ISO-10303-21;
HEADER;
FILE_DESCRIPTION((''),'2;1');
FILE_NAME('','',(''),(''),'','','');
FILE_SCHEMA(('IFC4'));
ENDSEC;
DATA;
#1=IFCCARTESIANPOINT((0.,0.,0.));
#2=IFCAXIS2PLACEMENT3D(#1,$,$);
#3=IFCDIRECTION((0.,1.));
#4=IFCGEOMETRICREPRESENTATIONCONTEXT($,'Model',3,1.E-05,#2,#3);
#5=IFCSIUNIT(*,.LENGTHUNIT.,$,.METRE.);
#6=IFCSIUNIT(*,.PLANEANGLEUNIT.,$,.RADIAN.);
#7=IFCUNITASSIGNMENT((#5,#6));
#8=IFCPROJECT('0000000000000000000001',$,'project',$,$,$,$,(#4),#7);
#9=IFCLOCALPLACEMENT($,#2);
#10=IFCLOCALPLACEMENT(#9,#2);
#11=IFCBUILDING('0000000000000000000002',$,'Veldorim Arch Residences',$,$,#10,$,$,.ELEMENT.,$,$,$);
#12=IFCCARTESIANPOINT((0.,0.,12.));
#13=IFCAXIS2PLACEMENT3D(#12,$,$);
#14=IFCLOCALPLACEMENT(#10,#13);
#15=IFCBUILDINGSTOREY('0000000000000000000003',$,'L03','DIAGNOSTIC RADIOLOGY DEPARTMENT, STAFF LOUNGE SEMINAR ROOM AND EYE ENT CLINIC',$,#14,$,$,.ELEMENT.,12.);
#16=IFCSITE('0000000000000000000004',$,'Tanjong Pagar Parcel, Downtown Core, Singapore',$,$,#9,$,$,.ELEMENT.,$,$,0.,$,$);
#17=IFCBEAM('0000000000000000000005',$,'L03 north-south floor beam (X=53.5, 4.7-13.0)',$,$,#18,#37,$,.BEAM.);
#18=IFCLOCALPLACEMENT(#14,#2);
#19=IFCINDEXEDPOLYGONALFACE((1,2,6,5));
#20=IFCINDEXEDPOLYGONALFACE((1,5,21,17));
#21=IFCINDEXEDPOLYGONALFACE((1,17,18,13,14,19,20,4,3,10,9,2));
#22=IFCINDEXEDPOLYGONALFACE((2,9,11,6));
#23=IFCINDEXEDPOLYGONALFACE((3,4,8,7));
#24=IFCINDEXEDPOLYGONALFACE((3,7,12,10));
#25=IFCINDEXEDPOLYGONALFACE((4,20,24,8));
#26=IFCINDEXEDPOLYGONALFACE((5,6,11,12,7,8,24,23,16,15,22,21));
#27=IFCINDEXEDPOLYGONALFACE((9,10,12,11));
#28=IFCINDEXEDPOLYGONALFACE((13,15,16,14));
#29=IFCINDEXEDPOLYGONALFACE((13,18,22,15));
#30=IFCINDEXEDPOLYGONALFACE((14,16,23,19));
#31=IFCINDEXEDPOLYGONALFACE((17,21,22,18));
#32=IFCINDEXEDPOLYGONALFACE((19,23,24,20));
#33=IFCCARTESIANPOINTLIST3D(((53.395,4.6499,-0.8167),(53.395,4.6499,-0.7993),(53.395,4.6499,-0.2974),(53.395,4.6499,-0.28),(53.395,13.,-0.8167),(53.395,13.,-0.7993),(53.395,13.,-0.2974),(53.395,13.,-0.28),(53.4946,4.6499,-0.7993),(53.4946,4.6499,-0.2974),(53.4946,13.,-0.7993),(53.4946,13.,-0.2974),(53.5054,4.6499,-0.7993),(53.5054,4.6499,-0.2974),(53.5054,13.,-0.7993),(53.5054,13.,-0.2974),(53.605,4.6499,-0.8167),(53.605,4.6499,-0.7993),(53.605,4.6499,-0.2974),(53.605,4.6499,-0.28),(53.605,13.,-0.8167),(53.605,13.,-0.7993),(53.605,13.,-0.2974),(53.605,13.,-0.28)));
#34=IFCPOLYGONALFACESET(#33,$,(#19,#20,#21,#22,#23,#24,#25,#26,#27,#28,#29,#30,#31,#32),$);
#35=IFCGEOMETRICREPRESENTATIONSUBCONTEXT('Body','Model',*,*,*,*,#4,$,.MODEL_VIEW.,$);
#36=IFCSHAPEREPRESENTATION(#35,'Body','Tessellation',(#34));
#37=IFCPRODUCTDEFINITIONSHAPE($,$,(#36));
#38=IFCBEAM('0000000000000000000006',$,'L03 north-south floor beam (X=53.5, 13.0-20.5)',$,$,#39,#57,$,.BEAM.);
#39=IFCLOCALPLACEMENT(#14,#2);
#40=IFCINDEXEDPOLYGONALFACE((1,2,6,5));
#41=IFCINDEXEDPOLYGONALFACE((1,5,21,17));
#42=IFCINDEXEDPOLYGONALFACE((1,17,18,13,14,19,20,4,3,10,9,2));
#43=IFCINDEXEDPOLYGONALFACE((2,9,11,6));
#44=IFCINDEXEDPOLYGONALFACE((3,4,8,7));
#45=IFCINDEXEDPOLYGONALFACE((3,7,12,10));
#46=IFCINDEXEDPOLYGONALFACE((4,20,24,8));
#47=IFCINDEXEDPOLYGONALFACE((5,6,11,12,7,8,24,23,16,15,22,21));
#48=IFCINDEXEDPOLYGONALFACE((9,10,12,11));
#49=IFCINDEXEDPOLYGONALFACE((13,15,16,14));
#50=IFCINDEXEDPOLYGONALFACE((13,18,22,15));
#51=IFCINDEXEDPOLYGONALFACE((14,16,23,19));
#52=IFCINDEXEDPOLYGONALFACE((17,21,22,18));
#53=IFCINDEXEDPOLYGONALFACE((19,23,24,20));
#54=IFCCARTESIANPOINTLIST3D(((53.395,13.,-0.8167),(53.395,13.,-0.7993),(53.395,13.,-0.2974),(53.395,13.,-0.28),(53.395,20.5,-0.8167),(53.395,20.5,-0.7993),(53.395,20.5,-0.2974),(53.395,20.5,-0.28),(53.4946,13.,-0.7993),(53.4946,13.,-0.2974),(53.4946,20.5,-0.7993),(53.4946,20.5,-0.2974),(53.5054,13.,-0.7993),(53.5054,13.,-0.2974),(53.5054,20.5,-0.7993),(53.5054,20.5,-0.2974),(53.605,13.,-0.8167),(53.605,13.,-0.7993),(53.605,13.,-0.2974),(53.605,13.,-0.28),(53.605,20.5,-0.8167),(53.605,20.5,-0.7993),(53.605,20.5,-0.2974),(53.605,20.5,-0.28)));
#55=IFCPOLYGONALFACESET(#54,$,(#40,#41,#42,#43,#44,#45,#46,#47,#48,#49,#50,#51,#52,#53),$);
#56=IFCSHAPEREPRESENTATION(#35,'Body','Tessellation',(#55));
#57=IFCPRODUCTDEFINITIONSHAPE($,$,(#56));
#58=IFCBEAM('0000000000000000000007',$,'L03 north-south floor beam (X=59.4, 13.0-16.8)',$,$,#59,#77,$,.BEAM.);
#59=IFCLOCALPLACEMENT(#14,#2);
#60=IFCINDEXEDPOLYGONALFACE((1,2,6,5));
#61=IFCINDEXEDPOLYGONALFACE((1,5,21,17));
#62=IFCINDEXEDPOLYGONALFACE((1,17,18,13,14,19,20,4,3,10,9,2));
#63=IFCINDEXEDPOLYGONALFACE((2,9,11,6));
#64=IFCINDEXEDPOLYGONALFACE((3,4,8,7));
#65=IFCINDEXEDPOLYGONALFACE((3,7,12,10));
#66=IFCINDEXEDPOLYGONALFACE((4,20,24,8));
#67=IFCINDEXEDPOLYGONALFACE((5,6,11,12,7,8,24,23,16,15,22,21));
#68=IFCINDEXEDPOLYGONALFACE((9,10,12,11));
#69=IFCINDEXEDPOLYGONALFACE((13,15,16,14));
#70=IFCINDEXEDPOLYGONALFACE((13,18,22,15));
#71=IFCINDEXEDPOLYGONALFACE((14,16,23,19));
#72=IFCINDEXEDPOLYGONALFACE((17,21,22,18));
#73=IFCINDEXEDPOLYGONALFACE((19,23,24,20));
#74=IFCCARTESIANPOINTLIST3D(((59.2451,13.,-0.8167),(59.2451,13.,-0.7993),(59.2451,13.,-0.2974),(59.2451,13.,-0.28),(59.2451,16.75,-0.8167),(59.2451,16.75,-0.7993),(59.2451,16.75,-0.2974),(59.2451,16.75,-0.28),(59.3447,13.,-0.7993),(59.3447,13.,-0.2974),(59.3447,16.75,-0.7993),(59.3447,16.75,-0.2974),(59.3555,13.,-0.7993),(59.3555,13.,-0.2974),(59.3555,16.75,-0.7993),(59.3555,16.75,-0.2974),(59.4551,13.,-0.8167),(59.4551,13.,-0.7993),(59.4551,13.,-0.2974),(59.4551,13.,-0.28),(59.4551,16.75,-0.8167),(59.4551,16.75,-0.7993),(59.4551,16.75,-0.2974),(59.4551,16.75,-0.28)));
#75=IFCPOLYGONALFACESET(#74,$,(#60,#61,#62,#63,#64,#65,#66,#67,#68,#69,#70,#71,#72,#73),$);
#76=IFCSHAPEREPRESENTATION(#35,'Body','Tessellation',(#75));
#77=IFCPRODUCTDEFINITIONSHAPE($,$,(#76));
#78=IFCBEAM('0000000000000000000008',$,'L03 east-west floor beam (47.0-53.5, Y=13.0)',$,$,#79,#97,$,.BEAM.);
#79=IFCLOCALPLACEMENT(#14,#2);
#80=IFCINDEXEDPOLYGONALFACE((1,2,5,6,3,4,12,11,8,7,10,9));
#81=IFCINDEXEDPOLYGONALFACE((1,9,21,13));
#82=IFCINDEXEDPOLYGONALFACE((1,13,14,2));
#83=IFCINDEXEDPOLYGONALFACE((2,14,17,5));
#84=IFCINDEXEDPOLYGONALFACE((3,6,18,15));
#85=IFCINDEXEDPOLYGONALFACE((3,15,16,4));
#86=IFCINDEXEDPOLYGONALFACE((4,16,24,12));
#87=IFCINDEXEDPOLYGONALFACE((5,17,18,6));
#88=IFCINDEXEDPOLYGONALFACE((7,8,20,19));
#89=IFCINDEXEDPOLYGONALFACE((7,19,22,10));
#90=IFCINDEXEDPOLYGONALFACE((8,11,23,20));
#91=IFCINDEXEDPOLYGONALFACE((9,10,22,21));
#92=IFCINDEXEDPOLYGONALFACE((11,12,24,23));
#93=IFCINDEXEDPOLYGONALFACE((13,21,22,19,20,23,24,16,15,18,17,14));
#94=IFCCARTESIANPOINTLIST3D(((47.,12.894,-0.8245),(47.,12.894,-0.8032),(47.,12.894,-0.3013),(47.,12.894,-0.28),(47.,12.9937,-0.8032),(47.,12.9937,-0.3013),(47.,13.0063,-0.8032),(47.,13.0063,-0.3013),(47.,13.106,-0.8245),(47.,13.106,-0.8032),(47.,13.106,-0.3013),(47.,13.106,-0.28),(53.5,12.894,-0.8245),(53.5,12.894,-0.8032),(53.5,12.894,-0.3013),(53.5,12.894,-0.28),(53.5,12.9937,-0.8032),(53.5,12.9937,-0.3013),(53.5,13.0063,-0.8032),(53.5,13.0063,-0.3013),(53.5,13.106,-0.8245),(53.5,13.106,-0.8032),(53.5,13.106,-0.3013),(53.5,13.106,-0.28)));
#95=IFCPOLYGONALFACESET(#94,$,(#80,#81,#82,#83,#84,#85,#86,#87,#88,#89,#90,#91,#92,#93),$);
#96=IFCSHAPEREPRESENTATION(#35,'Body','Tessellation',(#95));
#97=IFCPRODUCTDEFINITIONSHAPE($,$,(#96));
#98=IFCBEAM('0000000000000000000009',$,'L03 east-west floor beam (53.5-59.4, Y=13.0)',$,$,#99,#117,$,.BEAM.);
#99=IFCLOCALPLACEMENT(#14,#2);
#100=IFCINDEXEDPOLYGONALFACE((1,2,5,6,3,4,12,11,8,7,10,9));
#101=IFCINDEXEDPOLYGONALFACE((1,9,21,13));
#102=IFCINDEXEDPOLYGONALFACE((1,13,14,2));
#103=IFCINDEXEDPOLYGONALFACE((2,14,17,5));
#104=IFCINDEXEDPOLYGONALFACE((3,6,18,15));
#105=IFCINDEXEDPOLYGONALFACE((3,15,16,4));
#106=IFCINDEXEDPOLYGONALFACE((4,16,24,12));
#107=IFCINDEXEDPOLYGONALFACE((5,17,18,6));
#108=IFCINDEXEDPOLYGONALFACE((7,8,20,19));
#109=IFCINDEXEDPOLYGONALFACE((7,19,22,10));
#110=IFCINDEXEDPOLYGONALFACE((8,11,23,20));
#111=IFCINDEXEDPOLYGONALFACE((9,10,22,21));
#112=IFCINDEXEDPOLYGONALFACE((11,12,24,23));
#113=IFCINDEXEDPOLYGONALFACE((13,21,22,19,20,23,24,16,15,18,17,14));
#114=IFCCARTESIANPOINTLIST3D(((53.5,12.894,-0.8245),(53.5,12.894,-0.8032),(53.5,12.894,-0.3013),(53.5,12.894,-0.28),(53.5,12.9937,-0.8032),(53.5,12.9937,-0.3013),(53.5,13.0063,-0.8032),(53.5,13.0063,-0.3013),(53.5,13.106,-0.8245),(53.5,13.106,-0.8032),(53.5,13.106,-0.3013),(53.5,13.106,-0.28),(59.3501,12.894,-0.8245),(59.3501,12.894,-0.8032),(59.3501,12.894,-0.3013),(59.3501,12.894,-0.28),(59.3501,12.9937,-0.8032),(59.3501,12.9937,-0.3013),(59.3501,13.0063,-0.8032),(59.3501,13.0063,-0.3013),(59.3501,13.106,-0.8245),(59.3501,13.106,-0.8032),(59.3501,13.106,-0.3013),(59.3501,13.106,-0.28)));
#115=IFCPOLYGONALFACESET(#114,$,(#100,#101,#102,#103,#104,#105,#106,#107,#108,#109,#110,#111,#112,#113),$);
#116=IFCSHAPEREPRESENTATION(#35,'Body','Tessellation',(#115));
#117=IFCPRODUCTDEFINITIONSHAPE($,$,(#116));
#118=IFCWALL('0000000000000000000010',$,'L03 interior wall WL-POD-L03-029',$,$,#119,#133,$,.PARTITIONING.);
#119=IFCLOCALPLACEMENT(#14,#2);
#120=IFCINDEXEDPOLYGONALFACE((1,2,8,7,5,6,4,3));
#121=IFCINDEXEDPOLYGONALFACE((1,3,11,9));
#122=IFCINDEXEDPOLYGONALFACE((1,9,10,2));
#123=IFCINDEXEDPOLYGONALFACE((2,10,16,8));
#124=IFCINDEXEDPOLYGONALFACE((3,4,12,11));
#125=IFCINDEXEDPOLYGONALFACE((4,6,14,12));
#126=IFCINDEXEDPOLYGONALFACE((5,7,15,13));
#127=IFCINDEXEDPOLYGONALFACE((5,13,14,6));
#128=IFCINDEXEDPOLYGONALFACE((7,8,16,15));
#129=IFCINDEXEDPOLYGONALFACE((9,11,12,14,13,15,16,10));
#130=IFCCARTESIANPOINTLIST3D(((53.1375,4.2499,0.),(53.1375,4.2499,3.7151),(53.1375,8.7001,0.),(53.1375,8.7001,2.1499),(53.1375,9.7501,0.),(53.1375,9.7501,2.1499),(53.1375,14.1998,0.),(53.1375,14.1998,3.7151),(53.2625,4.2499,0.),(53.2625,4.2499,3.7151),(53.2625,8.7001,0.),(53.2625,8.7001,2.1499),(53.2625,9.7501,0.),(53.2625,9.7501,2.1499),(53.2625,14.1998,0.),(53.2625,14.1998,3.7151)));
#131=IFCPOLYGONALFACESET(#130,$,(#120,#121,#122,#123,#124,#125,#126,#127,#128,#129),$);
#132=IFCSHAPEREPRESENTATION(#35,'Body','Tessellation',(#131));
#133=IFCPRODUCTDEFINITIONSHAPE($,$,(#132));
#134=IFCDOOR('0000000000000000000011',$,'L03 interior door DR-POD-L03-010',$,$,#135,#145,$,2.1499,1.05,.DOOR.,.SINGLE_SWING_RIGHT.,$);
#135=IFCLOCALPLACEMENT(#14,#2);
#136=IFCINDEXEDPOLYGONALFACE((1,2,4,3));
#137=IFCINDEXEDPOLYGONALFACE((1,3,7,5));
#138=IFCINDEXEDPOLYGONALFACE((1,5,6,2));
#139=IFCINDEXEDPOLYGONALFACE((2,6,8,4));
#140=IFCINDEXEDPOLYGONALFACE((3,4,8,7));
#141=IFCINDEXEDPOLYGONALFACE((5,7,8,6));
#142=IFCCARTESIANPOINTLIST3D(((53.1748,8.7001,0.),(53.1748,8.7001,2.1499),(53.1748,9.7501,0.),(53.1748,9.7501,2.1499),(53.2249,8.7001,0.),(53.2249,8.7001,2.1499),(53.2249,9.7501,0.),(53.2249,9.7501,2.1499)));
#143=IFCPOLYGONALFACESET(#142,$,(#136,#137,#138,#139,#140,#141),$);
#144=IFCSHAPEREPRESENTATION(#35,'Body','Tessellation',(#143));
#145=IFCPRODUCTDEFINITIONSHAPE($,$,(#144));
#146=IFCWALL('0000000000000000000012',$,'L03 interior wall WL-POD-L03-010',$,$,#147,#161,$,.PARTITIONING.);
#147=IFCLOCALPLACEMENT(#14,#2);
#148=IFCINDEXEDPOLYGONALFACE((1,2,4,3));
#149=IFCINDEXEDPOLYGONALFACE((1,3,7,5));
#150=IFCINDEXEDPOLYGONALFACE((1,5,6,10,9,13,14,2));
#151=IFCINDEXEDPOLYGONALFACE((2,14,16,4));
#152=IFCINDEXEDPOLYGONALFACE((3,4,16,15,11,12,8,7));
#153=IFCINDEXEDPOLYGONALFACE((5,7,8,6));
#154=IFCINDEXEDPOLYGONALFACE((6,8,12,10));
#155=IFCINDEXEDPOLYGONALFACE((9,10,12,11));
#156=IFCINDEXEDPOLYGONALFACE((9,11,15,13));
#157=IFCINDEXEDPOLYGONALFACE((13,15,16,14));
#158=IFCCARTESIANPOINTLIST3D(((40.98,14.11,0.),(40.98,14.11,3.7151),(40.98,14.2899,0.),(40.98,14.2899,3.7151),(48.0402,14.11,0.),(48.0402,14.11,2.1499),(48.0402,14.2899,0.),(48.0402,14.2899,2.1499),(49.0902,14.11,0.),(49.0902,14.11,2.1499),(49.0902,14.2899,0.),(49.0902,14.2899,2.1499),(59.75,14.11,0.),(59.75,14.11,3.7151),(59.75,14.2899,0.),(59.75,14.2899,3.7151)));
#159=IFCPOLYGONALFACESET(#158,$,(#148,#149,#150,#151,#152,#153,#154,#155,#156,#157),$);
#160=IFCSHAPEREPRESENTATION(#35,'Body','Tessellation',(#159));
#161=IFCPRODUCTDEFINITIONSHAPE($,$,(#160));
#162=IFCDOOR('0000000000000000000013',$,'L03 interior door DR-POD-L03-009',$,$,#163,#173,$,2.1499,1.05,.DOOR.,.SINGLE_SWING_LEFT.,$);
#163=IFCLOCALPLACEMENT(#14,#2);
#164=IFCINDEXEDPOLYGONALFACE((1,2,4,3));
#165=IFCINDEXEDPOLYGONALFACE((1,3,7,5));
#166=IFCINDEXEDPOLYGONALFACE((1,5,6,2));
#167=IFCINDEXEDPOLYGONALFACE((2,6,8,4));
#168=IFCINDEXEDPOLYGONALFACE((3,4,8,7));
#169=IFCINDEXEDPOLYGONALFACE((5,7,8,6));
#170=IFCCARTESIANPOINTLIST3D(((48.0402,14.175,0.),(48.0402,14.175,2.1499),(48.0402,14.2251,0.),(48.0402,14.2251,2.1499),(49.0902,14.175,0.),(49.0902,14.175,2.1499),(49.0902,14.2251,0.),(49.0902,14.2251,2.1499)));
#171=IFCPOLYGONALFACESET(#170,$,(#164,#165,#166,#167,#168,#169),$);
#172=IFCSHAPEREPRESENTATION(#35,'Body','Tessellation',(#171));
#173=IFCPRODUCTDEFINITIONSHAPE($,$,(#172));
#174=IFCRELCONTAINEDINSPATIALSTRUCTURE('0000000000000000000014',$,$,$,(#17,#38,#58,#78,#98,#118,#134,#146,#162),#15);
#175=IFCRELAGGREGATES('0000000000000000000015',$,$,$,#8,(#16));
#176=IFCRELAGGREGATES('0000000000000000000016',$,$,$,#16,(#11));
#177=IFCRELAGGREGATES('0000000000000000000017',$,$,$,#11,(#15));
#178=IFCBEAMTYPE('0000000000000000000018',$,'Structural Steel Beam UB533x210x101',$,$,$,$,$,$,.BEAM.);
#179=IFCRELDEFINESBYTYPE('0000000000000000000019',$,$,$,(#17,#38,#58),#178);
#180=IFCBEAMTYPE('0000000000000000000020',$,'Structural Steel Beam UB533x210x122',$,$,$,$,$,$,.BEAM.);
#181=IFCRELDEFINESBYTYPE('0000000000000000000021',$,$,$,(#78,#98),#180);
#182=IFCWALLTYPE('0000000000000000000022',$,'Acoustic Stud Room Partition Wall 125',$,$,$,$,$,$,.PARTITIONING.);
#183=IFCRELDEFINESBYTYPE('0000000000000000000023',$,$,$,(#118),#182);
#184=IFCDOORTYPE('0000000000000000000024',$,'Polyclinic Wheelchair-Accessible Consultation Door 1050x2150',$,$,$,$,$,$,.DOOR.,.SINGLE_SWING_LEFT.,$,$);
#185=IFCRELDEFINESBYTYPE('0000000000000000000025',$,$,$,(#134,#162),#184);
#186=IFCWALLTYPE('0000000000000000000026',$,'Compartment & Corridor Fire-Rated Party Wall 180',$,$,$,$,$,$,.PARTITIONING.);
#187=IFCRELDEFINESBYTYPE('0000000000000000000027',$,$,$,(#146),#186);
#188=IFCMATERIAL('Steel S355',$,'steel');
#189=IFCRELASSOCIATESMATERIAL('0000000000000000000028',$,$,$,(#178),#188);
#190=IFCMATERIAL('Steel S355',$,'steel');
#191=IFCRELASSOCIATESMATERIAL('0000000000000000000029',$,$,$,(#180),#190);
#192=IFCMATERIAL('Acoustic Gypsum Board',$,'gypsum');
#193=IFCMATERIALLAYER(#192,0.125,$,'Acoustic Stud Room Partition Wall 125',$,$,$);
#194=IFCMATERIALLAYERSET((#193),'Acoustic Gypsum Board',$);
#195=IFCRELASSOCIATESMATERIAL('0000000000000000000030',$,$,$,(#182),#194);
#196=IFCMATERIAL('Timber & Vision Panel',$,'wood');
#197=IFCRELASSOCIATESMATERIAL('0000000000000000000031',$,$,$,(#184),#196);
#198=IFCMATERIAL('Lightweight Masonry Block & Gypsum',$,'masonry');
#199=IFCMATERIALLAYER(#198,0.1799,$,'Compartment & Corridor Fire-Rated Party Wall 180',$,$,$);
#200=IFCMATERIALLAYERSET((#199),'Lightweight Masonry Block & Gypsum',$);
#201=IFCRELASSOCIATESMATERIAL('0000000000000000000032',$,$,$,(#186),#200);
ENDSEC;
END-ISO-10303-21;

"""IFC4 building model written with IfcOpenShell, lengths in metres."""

from ifc_helpers import new_model, si_unit, direction, frame, frame_2d, origin, origin_2d, place, context, subcontext, project, spatial, rectangle, i_section, extrude, material, layer, layer_set, material_profile, profile_set, type_object, element, fill, save


model = new_model("IFC4")

# Units and contexts
model_context = context("Model", 3, precision=1e-05, world=origin(), true_north=direction((0.0, 1.0)))
body_context = subcontext(model_context, "Body", "Model", "MODEL_VIEW")
ifc_project = project(units=[si_unit("LENGTHUNIT", "METRE"), si_unit("PLANEANGLEUNIT", "RADIAN")], contexts=[model_context])

# Site, building, storey
site_placement = place(None, origin())
site = spatial("IfcSite", under=ifc_project, at=site_placement, Name="Tanjong Pagar Parcel, Downtown Core, Singapore", CompositionType="ELEMENT", RefElevation=0.0)
building_placement = place(site_placement, origin())
building = spatial("IfcBuilding", under=site, at=building_placement, Name="Veldorim Arch Residences", CompositionType="ELEMENT")
storey_placement = place(building_placement, frame((0.0, 0.0, 12.0)))
storey = spatial("IfcBuildingStorey", under=building, at=storey_placement, Name="L03", Description="DIAGNOSTIC RADIOLOGY DEPARTMENT, STAFF LOUNGE SEMINAR ROOM AND EYE ENT CLINIC", CompositionType="ELEMENT", Elevation=12.0)

# Beams
ifc_material_1 = material(Name="Steel S355", Category="steel")
ifc_material_profile_1 = material_profile(ifc_material_1, i_section(OverallWidth=0.21, OverallDepth=0.5366, WebThickness=0.0107, FlangeThickness=0.0173, at=origin_2d()), Name="UB533x210x101")
ifc_profile_set_1 = profile_set([ifc_material_profile_1], Name="Steel S355")
beam_type_1 = type_object("IfcBeamType", Name="Structural Steel Beam UB533x210x101", PredefinedType="BEAM", material=ifc_profile_set_1)
beam_1_placement = place(storey_placement, frame((53.5, 4.6499, -0.5483), z_axis=(0.0, 1.0, 0.0), x_axis=(-1.0, 0.0, 0.0)))
element("IfcBeam", 1, at=beam_1_placement, inside=storey, type_object=beam_type_1, Name="L03 north-south floor beam (X=53.5, 4.7-13.0)", PredefinedType="BEAM", context=body_context, shape_type="SweptSolid", body=[
    extrude(i_section(OverallWidth=0.21, OverallDepth=0.5366, WebThickness=0.0107, FlangeThickness=0.0173, at=origin_2d()), origin(), (0.0, 0.0, 1.0), 8.3501),
])
beam_2_placement = place(storey_placement, frame((53.5, 13.0, -0.5483), z_axis=(0.0, 1.0, 0.0), x_axis=(-1.0, 0.0, 0.0)))
element("IfcBeam", 2, at=beam_2_placement, inside=storey, type_object=beam_type_1, Name="L03 north-south floor beam (X=53.5, 13.0-20.5)", PredefinedType="BEAM", context=body_context, shape_type="SweptSolid", body=[
    extrude(i_section(OverallWidth=0.21, OverallDepth=0.5366, WebThickness=0.0107, FlangeThickness=0.0173, at=origin_2d()), origin(), (0.0, 0.0, 1.0), 7.5),
])
beam_3_placement = place(storey_placement, frame((59.3501, 13.0, -0.5483), z_axis=(0.0, 1.0, 0.0), x_axis=(-1.0, 0.0, 0.0)))
element("IfcBeam", 3, at=beam_3_placement, inside=storey, type_object=beam_type_1, Name="L03 north-south floor beam (X=59.4, 13.0-16.8)", PredefinedType="BEAM", context=body_context, shape_type="SweptSolid", body=[
    extrude(i_section(OverallWidth=0.21, OverallDepth=0.5366, WebThickness=0.0107, FlangeThickness=0.0173, at=origin_2d()), origin(), (0.0, 0.0, 1.0), 3.75),
])
ifc_material_2 = material(Name="Steel S355", Category="steel")
ifc_material_profile_2 = material_profile(ifc_material_2, i_section(OverallWidth=0.2119, OverallDepth=0.5444, WebThickness=0.0127, FlangeThickness=0.0212, at=origin_2d()), Name="UB533x210x122")
ifc_profile_set_2 = profile_set([ifc_material_profile_2], Name="Steel S355")
beam_type_2 = type_object("IfcBeamType", Name="Structural Steel Beam UB533x210x122", PredefinedType="BEAM", material=ifc_profile_set_2)
beam_4_placement = place(storey_placement, frame((47.0, 13.0, -0.5522), z_axis=(1.0, 0.0, 0.0), x_axis=(0.0, 1.0, 0.0)))
element("IfcBeam", 4, at=beam_4_placement, inside=storey, type_object=beam_type_2, Name="L03 east-west floor beam (47.0-53.5, Y=13.0)", PredefinedType="BEAM", context=body_context, shape_type="SweptSolid", body=[
    extrude(i_section(OverallWidth=0.2119, OverallDepth=0.5444, WebThickness=0.0127, FlangeThickness=0.0212, at=origin_2d()), origin(), (0.0, 0.0, 1.0), 6.5),
])
beam_5_placement = place(storey_placement, frame((53.5, 13.0, -0.5522), z_axis=(1.0, 0.0, 0.0), x_axis=(0.0, 1.0, 0.0)))
element("IfcBeam", 5, at=beam_5_placement, inside=storey, type_object=beam_type_2, Name="L03 east-west floor beam (53.5-59.4, Y=13.0)", PredefinedType="BEAM", context=body_context, shape_type="SweptSolid", body=[
    extrude(i_section(OverallWidth=0.2119, OverallDepth=0.5444, WebThickness=0.0127, FlangeThickness=0.0212, at=origin_2d()), origin(), (0.0, 0.0, 1.0), 5.8501),
])

# Walls, openings, doors
ifc_material_3 = material(Name="Acoustic Gypsum Board", Category="gypsum")
ifc_layer_1 = layer(ifc_material_3, 0.125, Name="Acoustic Stud Room Partition Wall 125")
ifc_layer_set_1 = layer_set([ifc_layer_1], Name="Acoustic Gypsum Board")
wall_type_1 = type_object("IfcWallType", Name="Acoustic Stud Room Partition Wall 125", PredefinedType="PARTITIONING", material=ifc_layer_set_1)
wall_1_placement = place(storey_placement, frame((53.2, 14.2, 0.0), z_axis=(0.0, 0.0, 1.0), x_axis=(0.0, -1.0, 0.0)))
wall_1 = element("IfcWall", 6, at=wall_1_placement, inside=storey, type_object=wall_type_1, Name="L03 interior wall WL-POD-L03-029", PredefinedType="PARTITIONING", context=body_context, shape_type="SweptSolid", body=[
    extrude(rectangle(XDim=9.95, YDim=0.125, at=frame_2d((4.9751, 0.0))), origin(), (0.0, 0.0, 1.0), 3.7151),
])
opening_1_placement = place(wall_1_placement, frame((4.45, 0.0, 0.0)))
opening_1 = element("IfcOpeningElement", 7, at=opening_1_placement, cuts=wall_1, PredefinedType="OPENING", context=body_context, shape_type="SweptSolid", body=[
    extrude(rectangle(XDim=1.05, YDim=2.1499, at=frame_2d((0.5249, 1.075))), frame((0.0, 0.0725, 0.0), z_axis=(0.0, -1.0, 0.0), x_axis=(1.0, 0.0, 0.0)), (0.0, 0.0, 1.0), 0.145),
])
ifc_material_4 = material(Name="Timber & Vision Panel", Category="wood")
door_type = type_object("IfcDoorType", Name="Polyclinic Wheelchair-Accessible Consultation Door 1050x2150", OperationType="SINGLE_SWING_LEFT", PredefinedType="DOOR", material=ifc_material_4)
door_1_placement = place(opening_1_placement, origin())
door_1 = element("IfcDoor", 8, at=door_1_placement, inside=storey, type_object=door_type, Name="L03 interior door DR-POD-L03-010", OperationType="SINGLE_SWING_RIGHT", OverallHeight=2.1499, OverallWidth=1.05, PredefinedType="DOOR", context=body_context, shape_type="SweptSolid", body=[
    extrude(rectangle(XDim=1.05, YDim=2.1499, at=frame_2d((0.5249, 1.075))), frame((0.0, 0.0249, 0.0), z_axis=(0.0, -1.0, 0.0), x_axis=(1.0, 0.0, 0.0)), (0.0, 0.0, 1.0), 0.05),
])
fill(opening_1, door_1)
ifc_material_5 = material(Name="Lightweight Masonry Block & Gypsum", Category="masonry")
ifc_layer_2 = layer(ifc_material_5, 0.1799, Name="Compartment & Corridor Fire-Rated Party Wall 180")
ifc_layer_set_2 = layer_set([ifc_layer_2], Name="Lightweight Masonry Block & Gypsum")
wall_type_2 = type_object("IfcWallType", Name="Compartment & Corridor Fire-Rated Party Wall 180", PredefinedType="PARTITIONING", material=ifc_layer_set_2)
wall_2_placement = place(storey_placement, frame((59.75, 14.2, 0.0), z_axis=(0.0, 0.0, 1.0), x_axis=(-1.0, 0.0, 0.0)))
wall_2 = element("IfcWall", 9, at=wall_2_placement, inside=storey, type_object=wall_type_2, Name="L03 interior wall WL-POD-L03-010", PredefinedType="PARTITIONING", context=body_context, shape_type="SweptSolid", body=[
    extrude(rectangle(XDim=18.77, YDim=0.1799, at=frame_2d((9.385, 0.0))), origin(), (0.0, 0.0, 1.0), 3.7151),
])
opening_2_placement = place(wall_2_placement, frame((10.6599, 0.0, 0.0)))
opening_2 = element("IfcOpeningElement", 10, at=opening_2_placement, cuts=wall_2, PredefinedType="OPENING", context=body_context, shape_type="SweptSolid", body=[
    extrude(rectangle(XDim=1.05, YDim=2.1499, at=frame_2d((0.5249, 1.075))), frame((0.0, 0.0999, 0.0), z_axis=(0.0, -1.0, 0.0), x_axis=(1.0, 0.0, 0.0)), (0.0, 0.0, 1.0), 0.2),
])
door_2_placement = place(opening_2_placement, origin())
door_2 = element("IfcDoor", 11, at=door_2_placement, inside=storey, type_object=door_type, Name="L03 interior door DR-POD-L03-009", OperationType="SINGLE_SWING_LEFT", OverallHeight=2.1499, OverallWidth=1.05, PredefinedType="DOOR", context=body_context, shape_type="SweptSolid", body=[
    extrude(rectangle(XDim=1.05, YDim=2.1499, at=frame_2d((0.5249, 1.075))), frame((0.0, 0.0249, 0.0), z_axis=(0.0, -1.0, 0.0), x_axis=(1.0, 0.0, 0.0)), (0.0, 0.0, 1.0), 0.05),
])
fill(opening_2, door_2)

save(model, "model.ifc")
